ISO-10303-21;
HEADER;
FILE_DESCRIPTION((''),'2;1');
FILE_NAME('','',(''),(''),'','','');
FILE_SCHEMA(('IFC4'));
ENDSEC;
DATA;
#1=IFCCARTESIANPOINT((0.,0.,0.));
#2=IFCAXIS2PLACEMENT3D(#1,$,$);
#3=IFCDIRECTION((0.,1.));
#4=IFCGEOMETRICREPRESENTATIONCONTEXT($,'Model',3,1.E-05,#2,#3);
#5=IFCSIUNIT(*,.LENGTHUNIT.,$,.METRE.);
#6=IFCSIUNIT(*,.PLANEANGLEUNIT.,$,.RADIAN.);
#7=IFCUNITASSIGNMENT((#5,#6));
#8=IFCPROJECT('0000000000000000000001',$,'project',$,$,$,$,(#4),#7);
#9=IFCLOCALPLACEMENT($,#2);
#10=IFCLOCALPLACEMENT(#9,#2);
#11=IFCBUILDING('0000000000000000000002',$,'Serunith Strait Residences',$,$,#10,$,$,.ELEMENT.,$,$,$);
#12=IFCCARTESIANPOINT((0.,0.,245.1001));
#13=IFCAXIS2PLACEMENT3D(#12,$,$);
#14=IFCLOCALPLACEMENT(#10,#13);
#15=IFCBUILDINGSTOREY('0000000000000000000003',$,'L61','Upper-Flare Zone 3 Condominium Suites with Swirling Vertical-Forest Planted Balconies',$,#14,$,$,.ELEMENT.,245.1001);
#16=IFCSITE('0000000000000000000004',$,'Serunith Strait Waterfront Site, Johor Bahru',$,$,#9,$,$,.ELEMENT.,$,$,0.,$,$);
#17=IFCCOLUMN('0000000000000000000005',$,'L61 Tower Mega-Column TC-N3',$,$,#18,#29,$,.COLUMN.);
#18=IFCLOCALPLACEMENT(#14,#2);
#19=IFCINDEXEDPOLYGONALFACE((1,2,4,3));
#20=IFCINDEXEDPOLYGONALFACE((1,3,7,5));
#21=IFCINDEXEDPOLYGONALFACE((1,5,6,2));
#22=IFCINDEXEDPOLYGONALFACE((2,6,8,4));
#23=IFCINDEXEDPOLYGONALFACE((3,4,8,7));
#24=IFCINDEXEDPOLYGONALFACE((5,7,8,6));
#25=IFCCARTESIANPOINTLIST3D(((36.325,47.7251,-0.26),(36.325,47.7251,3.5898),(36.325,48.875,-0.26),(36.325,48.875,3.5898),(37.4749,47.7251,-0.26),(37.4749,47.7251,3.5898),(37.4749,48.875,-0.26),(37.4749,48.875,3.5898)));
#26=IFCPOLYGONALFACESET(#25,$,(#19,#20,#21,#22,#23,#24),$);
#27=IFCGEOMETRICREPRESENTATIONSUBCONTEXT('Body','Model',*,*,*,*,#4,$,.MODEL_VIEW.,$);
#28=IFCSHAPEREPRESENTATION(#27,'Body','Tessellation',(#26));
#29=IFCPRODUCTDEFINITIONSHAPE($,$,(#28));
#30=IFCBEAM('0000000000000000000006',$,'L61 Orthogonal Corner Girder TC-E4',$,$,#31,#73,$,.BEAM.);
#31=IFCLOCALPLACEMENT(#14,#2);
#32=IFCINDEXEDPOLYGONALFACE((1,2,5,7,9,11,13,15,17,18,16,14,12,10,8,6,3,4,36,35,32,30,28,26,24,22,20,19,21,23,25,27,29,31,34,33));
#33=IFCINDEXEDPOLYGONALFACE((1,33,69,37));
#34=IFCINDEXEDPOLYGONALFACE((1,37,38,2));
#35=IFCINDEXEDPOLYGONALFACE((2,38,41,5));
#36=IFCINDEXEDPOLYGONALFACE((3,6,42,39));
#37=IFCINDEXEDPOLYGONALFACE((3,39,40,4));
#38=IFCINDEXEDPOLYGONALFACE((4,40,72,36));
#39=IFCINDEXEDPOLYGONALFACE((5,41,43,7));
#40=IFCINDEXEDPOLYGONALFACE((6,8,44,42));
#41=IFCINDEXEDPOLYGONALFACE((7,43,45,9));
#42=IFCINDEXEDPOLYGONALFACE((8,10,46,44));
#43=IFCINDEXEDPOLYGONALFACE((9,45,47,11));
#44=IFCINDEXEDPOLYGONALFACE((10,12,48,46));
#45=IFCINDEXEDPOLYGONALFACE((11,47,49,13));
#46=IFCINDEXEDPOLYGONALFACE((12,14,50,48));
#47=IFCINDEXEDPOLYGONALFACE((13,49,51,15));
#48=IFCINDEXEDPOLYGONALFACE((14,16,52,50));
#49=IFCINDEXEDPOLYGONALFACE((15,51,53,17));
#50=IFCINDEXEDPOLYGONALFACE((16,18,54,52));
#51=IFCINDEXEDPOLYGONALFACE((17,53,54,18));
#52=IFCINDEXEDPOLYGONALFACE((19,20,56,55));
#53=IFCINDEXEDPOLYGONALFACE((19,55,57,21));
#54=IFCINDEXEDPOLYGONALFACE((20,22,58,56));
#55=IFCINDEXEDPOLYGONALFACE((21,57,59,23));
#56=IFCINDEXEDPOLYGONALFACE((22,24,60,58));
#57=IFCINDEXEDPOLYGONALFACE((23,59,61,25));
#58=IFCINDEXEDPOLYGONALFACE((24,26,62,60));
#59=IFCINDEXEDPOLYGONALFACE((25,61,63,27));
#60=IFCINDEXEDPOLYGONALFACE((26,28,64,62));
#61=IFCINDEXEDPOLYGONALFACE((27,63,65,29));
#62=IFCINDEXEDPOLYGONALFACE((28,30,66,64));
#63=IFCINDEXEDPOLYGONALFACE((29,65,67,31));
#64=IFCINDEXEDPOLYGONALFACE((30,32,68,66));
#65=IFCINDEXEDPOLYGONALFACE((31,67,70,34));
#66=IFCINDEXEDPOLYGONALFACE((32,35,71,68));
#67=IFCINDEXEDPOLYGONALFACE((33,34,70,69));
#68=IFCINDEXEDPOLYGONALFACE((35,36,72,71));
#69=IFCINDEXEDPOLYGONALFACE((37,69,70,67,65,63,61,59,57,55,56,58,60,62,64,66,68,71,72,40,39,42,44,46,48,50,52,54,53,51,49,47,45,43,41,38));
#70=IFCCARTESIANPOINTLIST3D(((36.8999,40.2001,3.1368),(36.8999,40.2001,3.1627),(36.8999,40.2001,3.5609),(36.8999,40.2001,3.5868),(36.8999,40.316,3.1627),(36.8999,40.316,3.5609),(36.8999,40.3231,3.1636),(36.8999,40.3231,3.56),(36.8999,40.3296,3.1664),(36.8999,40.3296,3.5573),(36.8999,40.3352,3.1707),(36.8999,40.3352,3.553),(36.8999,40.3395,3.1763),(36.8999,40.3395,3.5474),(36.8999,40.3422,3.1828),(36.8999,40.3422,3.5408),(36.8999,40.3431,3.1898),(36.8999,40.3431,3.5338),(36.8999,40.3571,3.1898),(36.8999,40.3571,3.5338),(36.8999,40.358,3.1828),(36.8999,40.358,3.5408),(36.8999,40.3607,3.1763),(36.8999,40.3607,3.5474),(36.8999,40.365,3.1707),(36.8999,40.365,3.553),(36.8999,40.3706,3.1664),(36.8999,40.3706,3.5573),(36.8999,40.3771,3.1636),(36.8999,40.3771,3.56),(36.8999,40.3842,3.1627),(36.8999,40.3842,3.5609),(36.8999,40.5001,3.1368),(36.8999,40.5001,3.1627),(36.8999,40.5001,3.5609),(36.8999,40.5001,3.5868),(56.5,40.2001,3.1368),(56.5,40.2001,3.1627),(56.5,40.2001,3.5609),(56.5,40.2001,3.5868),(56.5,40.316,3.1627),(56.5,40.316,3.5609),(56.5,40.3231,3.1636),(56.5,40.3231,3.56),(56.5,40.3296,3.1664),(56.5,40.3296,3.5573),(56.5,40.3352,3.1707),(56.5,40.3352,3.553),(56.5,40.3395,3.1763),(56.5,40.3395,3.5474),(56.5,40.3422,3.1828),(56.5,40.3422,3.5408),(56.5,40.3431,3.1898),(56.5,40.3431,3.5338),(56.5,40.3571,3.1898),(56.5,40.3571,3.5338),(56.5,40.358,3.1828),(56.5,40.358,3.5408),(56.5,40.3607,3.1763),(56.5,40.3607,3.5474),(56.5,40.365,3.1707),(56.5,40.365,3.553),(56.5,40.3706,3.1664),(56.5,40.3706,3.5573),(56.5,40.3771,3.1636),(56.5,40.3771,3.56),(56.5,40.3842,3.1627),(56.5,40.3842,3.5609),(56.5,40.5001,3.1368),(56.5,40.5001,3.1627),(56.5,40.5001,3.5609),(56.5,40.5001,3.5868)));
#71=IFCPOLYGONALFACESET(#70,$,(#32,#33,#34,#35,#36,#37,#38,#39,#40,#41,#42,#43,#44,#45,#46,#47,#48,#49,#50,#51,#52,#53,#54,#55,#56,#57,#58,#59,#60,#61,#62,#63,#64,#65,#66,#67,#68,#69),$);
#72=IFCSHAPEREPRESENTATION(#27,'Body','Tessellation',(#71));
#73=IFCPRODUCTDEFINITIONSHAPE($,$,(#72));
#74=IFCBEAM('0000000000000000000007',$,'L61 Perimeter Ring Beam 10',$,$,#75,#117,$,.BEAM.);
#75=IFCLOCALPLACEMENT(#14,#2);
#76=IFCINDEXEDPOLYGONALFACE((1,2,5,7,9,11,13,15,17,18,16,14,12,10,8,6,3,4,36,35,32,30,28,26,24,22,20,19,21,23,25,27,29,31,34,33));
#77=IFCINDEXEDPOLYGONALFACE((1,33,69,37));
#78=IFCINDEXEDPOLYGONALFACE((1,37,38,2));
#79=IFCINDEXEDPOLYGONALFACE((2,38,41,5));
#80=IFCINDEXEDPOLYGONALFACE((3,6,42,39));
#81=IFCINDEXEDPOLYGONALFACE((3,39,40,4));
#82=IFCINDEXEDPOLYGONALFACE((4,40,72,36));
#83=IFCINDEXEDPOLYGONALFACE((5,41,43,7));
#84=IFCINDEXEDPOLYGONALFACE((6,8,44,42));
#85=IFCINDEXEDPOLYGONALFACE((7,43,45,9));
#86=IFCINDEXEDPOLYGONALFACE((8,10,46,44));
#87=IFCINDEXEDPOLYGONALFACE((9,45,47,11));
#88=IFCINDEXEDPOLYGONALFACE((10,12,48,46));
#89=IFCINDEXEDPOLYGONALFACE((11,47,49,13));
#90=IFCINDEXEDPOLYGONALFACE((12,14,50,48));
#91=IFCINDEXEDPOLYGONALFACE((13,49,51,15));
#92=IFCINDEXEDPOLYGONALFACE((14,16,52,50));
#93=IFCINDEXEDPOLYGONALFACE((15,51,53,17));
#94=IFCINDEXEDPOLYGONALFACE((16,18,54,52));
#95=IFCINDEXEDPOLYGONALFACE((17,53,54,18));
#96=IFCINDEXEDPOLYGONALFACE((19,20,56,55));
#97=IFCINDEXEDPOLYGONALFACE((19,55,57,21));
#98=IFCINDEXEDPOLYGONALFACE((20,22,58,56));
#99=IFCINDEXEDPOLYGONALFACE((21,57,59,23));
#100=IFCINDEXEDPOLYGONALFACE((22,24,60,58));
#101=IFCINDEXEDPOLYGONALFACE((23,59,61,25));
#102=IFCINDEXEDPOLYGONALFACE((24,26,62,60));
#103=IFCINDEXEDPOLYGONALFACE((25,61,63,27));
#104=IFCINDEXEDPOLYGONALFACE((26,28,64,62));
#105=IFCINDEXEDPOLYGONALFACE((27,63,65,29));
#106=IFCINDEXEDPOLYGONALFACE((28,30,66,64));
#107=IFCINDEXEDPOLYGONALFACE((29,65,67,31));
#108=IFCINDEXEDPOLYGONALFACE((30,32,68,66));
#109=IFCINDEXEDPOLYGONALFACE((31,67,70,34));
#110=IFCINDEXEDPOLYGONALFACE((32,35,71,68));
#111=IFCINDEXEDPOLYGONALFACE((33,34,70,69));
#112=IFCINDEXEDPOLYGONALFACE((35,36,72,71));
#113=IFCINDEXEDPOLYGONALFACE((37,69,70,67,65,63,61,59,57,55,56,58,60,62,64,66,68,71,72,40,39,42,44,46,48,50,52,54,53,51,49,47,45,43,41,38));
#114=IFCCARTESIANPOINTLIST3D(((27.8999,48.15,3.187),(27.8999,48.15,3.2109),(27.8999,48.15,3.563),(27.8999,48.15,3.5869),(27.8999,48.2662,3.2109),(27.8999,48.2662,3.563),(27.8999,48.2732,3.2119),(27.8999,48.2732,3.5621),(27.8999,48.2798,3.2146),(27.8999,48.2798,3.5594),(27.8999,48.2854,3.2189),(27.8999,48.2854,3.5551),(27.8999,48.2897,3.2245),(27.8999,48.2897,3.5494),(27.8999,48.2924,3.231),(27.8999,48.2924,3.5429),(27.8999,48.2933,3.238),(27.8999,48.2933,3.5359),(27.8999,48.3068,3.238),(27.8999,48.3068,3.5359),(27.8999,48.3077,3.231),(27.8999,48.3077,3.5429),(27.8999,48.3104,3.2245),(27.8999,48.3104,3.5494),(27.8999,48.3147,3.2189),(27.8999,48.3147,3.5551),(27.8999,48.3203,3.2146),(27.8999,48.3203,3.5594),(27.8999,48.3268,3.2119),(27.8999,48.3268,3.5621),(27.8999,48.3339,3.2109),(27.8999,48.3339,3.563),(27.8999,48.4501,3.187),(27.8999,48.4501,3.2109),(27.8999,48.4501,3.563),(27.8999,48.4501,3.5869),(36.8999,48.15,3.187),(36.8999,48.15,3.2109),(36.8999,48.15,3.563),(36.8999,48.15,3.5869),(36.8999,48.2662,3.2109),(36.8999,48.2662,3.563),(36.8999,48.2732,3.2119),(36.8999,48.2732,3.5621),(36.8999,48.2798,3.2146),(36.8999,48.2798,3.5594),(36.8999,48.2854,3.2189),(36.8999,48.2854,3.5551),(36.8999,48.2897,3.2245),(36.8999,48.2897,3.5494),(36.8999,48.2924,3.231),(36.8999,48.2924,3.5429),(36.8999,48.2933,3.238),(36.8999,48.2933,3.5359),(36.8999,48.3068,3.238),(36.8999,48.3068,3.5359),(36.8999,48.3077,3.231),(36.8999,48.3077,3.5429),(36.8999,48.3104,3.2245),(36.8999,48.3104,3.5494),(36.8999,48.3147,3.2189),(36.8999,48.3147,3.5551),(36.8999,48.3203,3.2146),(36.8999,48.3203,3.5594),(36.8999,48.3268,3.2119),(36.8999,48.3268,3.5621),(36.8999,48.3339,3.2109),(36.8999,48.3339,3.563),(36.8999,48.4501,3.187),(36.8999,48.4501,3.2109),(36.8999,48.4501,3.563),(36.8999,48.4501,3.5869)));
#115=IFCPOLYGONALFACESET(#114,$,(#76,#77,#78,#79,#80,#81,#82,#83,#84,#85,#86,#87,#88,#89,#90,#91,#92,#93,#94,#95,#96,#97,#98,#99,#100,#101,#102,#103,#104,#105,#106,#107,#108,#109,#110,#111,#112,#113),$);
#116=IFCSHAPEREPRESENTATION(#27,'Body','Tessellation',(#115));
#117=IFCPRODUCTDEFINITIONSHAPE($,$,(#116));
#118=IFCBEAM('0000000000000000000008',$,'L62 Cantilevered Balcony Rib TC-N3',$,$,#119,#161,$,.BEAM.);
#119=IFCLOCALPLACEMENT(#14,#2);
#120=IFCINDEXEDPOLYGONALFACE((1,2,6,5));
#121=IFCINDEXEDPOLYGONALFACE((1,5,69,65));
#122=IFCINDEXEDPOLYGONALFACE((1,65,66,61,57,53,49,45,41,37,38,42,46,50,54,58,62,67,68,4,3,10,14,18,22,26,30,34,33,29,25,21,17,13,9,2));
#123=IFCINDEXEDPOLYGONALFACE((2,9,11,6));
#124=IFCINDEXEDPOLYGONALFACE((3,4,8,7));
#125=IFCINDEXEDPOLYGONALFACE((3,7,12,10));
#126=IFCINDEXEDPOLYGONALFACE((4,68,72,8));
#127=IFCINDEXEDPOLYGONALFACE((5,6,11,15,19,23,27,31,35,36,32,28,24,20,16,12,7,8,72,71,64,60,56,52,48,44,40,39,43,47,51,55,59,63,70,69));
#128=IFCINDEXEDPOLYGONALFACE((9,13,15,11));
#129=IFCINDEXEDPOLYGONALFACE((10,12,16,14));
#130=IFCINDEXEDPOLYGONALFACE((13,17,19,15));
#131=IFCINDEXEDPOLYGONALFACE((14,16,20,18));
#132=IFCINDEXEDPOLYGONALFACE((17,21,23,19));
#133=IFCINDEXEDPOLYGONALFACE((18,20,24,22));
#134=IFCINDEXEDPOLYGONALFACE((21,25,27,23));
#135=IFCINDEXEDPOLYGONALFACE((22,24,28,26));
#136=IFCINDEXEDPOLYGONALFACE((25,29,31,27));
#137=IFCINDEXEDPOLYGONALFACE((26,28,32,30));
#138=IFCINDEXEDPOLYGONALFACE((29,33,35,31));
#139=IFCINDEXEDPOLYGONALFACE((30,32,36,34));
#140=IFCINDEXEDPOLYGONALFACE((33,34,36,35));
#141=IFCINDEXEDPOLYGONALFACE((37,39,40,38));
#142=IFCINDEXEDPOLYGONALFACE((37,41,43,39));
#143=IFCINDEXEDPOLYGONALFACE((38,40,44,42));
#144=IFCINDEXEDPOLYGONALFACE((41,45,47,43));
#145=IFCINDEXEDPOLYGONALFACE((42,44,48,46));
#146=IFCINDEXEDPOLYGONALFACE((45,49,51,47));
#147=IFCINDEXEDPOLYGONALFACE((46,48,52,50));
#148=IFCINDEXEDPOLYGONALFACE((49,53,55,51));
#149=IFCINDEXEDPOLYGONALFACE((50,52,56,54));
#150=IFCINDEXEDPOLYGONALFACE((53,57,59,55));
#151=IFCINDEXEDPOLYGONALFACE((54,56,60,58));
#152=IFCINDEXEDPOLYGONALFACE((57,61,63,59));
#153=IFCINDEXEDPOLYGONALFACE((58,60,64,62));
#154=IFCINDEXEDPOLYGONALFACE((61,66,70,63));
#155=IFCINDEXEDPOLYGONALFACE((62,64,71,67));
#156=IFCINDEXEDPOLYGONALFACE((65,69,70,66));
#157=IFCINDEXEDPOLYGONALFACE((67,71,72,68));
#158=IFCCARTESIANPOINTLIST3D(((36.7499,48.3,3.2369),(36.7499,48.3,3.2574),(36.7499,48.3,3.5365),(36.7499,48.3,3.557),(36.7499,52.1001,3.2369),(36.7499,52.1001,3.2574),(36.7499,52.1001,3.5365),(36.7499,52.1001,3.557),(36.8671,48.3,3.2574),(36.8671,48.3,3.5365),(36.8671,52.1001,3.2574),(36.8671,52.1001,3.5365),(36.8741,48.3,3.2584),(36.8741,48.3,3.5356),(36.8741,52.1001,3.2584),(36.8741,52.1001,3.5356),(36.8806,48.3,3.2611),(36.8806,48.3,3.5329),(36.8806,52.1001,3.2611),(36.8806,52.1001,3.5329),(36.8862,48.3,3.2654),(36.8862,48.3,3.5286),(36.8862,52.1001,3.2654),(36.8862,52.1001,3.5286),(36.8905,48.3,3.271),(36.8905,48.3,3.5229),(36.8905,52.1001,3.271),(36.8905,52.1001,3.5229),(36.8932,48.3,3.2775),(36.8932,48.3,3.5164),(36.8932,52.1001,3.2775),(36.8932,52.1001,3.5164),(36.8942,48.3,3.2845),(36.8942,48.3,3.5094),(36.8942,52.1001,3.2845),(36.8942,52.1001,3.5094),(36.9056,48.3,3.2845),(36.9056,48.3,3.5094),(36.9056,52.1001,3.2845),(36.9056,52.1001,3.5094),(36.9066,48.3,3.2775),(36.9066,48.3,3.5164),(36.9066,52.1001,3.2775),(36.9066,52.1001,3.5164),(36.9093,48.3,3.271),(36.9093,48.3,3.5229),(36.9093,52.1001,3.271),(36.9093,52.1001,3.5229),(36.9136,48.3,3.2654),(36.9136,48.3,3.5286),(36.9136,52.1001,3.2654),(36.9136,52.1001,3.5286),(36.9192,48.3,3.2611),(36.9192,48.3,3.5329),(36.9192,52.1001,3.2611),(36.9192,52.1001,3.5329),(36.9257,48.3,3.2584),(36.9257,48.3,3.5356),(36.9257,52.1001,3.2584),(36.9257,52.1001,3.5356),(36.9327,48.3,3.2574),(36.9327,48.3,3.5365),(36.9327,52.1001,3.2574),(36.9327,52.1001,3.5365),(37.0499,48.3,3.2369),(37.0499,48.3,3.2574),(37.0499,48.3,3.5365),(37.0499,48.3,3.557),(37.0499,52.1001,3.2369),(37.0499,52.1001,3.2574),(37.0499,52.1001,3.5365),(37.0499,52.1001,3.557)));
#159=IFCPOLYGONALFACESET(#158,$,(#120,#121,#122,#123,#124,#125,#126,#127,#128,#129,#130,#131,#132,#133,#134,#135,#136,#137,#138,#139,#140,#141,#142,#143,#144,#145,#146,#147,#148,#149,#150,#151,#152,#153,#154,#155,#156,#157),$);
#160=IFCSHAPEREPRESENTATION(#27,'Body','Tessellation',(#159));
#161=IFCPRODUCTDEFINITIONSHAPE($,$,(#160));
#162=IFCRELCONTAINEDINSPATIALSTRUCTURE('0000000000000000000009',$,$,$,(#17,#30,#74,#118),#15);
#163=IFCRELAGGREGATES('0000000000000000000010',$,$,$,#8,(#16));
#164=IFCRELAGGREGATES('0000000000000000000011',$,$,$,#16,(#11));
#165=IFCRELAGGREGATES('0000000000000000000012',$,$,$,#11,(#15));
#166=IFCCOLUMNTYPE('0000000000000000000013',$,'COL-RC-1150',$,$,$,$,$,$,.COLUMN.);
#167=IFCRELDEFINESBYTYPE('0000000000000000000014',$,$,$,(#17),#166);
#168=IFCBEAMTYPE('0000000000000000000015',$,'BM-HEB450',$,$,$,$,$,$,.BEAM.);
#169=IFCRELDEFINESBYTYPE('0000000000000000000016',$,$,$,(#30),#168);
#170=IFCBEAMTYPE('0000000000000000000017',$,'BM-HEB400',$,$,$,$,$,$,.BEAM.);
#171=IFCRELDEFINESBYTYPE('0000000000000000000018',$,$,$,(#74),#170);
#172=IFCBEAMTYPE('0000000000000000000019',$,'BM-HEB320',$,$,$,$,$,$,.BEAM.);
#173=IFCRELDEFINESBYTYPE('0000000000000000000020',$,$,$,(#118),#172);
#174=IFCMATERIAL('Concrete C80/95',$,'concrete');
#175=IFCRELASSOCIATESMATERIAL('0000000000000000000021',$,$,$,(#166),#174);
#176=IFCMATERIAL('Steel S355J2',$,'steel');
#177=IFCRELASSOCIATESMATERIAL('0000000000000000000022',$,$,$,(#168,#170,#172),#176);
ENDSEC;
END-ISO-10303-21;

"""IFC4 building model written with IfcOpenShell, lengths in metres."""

from ifc_helpers import new_model, si_unit, direction, frame, origin, origin_2d, place, context, subcontext, project, spatial, rectangle, i_section, extrude, source, transform, mapped, material, material_profile, profile_set, type_object, element, save


model = new_model("IFC4")

# Units and contexts
model_context = context("Model", 3, precision=1e-05, world=origin(), true_north=direction((0.0, 1.0)))
body_context = subcontext(model_context, "Body", "Model", "MODEL_VIEW")
ifc_project = project(units=[si_unit("LENGTHUNIT", "METRE"), si_unit("PLANEANGLEUNIT", "RADIAN")], contexts=[model_context])

# Site, building, storey
site_placement = place(None, origin())
site = spatial("IfcSite", under=ifc_project, at=site_placement, Name="Serunith Strait Waterfront Site, Johor Bahru", CompositionType="ELEMENT", RefElevation=0.0)
building_placement = place(site_placement, origin())
building = spatial("IfcBuilding", under=site, at=building_placement, Name="Serunith Strait Residences", CompositionType="ELEMENT")
storey_placement = place(building_placement, frame((0.0, 0.0, 245.1001)))
storey = spatial("IfcBuildingStorey", under=building, at=storey_placement, Name="L61", Description="Upper-Flare Zone 3 Condominium Suites with Swirling Vertical-Forest Planted Balconies", CompositionType="ELEMENT", Elevation=245.1001)

# Column
ifc_material_1 = material(Name="Concrete C80/95", Category="concrete")
ifc_material_profile_1 = material_profile(ifc_material_1, rectangle(XDim=1.1499, YDim=1.1499, at=origin_2d()), Name="RC 1150x1150")
ifc_profile_set_1 = profile_set([ifc_material_profile_1], Name="Concrete C80/95")
column_type = type_object("IfcColumnType", Name="COL-RC-1150", PredefinedType="COLUMN", material=ifc_profile_set_1)
shared_shape_1 = source(origin(), body_context, "Body", "SweptSolid", [
    extrude(rectangle(XDim=1.1499, YDim=1.1499, at=origin_2d()), origin(), (0.0, 0.0, 1.0), 3.8499),
])
column_placement = place(storey_placement, frame((36.8999, 48.3, -0.26), z_axis=(0.0, 0.0, 1.0), x_axis=(1.0, 0.0, 0.0)))
element("IfcColumn", 1, at=column_placement, inside=storey, type_object=column_type, Name="L61 Tower Mega-Column TC-N3", PredefinedType="COLUMN", context=body_context, shape_type="MappedRepresentation", body=[
    mapped(shared_shape_1, transform((0.0, 0.0, 0.0), scale=1.0)),
])

# Beams
ifc_material_2 = material(Name="Steel S355J2", Category="steel")
ifc_material_profile_2 = material_profile(ifc_material_2, i_section(OverallWidth=0.3, OverallDepth=0.45, WebThickness=0.0139, FlangeThickness=0.0259, FilletRadius=0.0271, at=origin_2d()), Name="HEB 450")
ifc_profile_set_2 = profile_set([ifc_material_profile_2], Name="Steel S355J2")
beam_type_1 = type_object("IfcBeamType", Name="BM-HEB450", PredefinedType="BEAM", material=ifc_profile_set_2)
shared_shape_2 = source(origin(), body_context, "Body", "SweptSolid", [
    extrude(i_section(OverallWidth=0.3, OverallDepth=0.45, WebThickness=0.0139, FlangeThickness=0.0259, FilletRadius=0.0271, at=origin_2d()), origin(), (0.0, 0.0, 1.0), 19.6001),
])
beam_1_placement = place(storey_placement, frame((36.8999, 40.3501, 3.3618), z_axis=(1.0, 0.0, 0.0), x_axis=(0.0, 1.0, 0.0)))
element("IfcBeam", 2, at=beam_1_placement, inside=storey, type_object=beam_type_1, Name="L61 Orthogonal Corner Girder TC-E4", PredefinedType="BEAM", context=body_context, shape_type="MappedRepresentation", body=[
    mapped(shared_shape_2, transform((0.0, 0.0, 0.0), scale=1.0)),
])
ifc_material_profile_3 = material_profile(ifc_material_2, i_section(OverallWidth=0.3, OverallDepth=0.3999, WebThickness=0.0134, FlangeThickness=0.0239, FilletRadius=0.0271, at=origin_2d()), Name="HEB 400")
ifc_profile_set_3 = profile_set([ifc_material_profile_3], Name="Steel S355J2")
beam_type_2 = type_object("IfcBeamType", Name="BM-HEB400", PredefinedType="BEAM", material=ifc_profile_set_3)
shared_shape_3 = source(origin(), body_context, "Body", "SweptSolid", [
    extrude(i_section(OverallWidth=0.3, OverallDepth=0.3999, WebThickness=0.0134, FlangeThickness=0.0239, FilletRadius=0.0271, at=origin_2d()), origin(), (0.0, 0.0, 1.0), 9.0),
])
beam_2_placement = place(storey_placement, frame((36.8999, 48.3, 3.387), z_axis=(-1.0, 0.0, 0.0), x_axis=(0.0, -1.0, 0.0)))
element("IfcBeam", 3, at=beam_2_placement, inside=storey, type_object=beam_type_2, Name="L61 Perimeter Ring Beam 10", PredefinedType="BEAM", context=body_context, shape_type="MappedRepresentation", body=[
    mapped(shared_shape_3, transform((0.0, 0.0, 0.0), scale=1.0)),
])
ifc_material_profile_4 = material_profile(ifc_material_2, i_section(OverallWidth=0.3, OverallDepth=0.3201, WebThickness=0.0115, FlangeThickness=0.0205, FilletRadius=0.0271, at=origin_2d()), Name="HEB 320")
ifc_profile_set_4 = profile_set([ifc_material_profile_4], Name="Steel S355J2")
beam_type_3 = type_object("IfcBeamType", Name="BM-HEB320", PredefinedType="BEAM", material=ifc_profile_set_4)
shared_shape_4 = source(origin(), body_context, "Body", "SweptSolid", [
    extrude(i_section(OverallWidth=0.3, OverallDepth=0.3201, WebThickness=0.0115, FlangeThickness=0.0205, FilletRadius=0.0271, at=origin_2d()), origin(), (0.0, 0.0, 1.0), 3.8),
])
beam_3_placement = place(storey_placement, frame((36.8999, 48.3, 3.397), z_axis=(0.0, 1.0, 0.0), x_axis=(-1.0, 0.0, 0.0)))
element("IfcBeam", 4, at=beam_3_placement, inside=storey, type_object=beam_type_3, Name="L62 Cantilevered Balcony Rib TC-N3", PredefinedType="BEAM", context=body_context, shape_type="MappedRepresentation", body=[
    mapped(shared_shape_4, transform((0.0, 0.0, 0.0), scale=1.0)),
])

save(model, "model.ifc")
